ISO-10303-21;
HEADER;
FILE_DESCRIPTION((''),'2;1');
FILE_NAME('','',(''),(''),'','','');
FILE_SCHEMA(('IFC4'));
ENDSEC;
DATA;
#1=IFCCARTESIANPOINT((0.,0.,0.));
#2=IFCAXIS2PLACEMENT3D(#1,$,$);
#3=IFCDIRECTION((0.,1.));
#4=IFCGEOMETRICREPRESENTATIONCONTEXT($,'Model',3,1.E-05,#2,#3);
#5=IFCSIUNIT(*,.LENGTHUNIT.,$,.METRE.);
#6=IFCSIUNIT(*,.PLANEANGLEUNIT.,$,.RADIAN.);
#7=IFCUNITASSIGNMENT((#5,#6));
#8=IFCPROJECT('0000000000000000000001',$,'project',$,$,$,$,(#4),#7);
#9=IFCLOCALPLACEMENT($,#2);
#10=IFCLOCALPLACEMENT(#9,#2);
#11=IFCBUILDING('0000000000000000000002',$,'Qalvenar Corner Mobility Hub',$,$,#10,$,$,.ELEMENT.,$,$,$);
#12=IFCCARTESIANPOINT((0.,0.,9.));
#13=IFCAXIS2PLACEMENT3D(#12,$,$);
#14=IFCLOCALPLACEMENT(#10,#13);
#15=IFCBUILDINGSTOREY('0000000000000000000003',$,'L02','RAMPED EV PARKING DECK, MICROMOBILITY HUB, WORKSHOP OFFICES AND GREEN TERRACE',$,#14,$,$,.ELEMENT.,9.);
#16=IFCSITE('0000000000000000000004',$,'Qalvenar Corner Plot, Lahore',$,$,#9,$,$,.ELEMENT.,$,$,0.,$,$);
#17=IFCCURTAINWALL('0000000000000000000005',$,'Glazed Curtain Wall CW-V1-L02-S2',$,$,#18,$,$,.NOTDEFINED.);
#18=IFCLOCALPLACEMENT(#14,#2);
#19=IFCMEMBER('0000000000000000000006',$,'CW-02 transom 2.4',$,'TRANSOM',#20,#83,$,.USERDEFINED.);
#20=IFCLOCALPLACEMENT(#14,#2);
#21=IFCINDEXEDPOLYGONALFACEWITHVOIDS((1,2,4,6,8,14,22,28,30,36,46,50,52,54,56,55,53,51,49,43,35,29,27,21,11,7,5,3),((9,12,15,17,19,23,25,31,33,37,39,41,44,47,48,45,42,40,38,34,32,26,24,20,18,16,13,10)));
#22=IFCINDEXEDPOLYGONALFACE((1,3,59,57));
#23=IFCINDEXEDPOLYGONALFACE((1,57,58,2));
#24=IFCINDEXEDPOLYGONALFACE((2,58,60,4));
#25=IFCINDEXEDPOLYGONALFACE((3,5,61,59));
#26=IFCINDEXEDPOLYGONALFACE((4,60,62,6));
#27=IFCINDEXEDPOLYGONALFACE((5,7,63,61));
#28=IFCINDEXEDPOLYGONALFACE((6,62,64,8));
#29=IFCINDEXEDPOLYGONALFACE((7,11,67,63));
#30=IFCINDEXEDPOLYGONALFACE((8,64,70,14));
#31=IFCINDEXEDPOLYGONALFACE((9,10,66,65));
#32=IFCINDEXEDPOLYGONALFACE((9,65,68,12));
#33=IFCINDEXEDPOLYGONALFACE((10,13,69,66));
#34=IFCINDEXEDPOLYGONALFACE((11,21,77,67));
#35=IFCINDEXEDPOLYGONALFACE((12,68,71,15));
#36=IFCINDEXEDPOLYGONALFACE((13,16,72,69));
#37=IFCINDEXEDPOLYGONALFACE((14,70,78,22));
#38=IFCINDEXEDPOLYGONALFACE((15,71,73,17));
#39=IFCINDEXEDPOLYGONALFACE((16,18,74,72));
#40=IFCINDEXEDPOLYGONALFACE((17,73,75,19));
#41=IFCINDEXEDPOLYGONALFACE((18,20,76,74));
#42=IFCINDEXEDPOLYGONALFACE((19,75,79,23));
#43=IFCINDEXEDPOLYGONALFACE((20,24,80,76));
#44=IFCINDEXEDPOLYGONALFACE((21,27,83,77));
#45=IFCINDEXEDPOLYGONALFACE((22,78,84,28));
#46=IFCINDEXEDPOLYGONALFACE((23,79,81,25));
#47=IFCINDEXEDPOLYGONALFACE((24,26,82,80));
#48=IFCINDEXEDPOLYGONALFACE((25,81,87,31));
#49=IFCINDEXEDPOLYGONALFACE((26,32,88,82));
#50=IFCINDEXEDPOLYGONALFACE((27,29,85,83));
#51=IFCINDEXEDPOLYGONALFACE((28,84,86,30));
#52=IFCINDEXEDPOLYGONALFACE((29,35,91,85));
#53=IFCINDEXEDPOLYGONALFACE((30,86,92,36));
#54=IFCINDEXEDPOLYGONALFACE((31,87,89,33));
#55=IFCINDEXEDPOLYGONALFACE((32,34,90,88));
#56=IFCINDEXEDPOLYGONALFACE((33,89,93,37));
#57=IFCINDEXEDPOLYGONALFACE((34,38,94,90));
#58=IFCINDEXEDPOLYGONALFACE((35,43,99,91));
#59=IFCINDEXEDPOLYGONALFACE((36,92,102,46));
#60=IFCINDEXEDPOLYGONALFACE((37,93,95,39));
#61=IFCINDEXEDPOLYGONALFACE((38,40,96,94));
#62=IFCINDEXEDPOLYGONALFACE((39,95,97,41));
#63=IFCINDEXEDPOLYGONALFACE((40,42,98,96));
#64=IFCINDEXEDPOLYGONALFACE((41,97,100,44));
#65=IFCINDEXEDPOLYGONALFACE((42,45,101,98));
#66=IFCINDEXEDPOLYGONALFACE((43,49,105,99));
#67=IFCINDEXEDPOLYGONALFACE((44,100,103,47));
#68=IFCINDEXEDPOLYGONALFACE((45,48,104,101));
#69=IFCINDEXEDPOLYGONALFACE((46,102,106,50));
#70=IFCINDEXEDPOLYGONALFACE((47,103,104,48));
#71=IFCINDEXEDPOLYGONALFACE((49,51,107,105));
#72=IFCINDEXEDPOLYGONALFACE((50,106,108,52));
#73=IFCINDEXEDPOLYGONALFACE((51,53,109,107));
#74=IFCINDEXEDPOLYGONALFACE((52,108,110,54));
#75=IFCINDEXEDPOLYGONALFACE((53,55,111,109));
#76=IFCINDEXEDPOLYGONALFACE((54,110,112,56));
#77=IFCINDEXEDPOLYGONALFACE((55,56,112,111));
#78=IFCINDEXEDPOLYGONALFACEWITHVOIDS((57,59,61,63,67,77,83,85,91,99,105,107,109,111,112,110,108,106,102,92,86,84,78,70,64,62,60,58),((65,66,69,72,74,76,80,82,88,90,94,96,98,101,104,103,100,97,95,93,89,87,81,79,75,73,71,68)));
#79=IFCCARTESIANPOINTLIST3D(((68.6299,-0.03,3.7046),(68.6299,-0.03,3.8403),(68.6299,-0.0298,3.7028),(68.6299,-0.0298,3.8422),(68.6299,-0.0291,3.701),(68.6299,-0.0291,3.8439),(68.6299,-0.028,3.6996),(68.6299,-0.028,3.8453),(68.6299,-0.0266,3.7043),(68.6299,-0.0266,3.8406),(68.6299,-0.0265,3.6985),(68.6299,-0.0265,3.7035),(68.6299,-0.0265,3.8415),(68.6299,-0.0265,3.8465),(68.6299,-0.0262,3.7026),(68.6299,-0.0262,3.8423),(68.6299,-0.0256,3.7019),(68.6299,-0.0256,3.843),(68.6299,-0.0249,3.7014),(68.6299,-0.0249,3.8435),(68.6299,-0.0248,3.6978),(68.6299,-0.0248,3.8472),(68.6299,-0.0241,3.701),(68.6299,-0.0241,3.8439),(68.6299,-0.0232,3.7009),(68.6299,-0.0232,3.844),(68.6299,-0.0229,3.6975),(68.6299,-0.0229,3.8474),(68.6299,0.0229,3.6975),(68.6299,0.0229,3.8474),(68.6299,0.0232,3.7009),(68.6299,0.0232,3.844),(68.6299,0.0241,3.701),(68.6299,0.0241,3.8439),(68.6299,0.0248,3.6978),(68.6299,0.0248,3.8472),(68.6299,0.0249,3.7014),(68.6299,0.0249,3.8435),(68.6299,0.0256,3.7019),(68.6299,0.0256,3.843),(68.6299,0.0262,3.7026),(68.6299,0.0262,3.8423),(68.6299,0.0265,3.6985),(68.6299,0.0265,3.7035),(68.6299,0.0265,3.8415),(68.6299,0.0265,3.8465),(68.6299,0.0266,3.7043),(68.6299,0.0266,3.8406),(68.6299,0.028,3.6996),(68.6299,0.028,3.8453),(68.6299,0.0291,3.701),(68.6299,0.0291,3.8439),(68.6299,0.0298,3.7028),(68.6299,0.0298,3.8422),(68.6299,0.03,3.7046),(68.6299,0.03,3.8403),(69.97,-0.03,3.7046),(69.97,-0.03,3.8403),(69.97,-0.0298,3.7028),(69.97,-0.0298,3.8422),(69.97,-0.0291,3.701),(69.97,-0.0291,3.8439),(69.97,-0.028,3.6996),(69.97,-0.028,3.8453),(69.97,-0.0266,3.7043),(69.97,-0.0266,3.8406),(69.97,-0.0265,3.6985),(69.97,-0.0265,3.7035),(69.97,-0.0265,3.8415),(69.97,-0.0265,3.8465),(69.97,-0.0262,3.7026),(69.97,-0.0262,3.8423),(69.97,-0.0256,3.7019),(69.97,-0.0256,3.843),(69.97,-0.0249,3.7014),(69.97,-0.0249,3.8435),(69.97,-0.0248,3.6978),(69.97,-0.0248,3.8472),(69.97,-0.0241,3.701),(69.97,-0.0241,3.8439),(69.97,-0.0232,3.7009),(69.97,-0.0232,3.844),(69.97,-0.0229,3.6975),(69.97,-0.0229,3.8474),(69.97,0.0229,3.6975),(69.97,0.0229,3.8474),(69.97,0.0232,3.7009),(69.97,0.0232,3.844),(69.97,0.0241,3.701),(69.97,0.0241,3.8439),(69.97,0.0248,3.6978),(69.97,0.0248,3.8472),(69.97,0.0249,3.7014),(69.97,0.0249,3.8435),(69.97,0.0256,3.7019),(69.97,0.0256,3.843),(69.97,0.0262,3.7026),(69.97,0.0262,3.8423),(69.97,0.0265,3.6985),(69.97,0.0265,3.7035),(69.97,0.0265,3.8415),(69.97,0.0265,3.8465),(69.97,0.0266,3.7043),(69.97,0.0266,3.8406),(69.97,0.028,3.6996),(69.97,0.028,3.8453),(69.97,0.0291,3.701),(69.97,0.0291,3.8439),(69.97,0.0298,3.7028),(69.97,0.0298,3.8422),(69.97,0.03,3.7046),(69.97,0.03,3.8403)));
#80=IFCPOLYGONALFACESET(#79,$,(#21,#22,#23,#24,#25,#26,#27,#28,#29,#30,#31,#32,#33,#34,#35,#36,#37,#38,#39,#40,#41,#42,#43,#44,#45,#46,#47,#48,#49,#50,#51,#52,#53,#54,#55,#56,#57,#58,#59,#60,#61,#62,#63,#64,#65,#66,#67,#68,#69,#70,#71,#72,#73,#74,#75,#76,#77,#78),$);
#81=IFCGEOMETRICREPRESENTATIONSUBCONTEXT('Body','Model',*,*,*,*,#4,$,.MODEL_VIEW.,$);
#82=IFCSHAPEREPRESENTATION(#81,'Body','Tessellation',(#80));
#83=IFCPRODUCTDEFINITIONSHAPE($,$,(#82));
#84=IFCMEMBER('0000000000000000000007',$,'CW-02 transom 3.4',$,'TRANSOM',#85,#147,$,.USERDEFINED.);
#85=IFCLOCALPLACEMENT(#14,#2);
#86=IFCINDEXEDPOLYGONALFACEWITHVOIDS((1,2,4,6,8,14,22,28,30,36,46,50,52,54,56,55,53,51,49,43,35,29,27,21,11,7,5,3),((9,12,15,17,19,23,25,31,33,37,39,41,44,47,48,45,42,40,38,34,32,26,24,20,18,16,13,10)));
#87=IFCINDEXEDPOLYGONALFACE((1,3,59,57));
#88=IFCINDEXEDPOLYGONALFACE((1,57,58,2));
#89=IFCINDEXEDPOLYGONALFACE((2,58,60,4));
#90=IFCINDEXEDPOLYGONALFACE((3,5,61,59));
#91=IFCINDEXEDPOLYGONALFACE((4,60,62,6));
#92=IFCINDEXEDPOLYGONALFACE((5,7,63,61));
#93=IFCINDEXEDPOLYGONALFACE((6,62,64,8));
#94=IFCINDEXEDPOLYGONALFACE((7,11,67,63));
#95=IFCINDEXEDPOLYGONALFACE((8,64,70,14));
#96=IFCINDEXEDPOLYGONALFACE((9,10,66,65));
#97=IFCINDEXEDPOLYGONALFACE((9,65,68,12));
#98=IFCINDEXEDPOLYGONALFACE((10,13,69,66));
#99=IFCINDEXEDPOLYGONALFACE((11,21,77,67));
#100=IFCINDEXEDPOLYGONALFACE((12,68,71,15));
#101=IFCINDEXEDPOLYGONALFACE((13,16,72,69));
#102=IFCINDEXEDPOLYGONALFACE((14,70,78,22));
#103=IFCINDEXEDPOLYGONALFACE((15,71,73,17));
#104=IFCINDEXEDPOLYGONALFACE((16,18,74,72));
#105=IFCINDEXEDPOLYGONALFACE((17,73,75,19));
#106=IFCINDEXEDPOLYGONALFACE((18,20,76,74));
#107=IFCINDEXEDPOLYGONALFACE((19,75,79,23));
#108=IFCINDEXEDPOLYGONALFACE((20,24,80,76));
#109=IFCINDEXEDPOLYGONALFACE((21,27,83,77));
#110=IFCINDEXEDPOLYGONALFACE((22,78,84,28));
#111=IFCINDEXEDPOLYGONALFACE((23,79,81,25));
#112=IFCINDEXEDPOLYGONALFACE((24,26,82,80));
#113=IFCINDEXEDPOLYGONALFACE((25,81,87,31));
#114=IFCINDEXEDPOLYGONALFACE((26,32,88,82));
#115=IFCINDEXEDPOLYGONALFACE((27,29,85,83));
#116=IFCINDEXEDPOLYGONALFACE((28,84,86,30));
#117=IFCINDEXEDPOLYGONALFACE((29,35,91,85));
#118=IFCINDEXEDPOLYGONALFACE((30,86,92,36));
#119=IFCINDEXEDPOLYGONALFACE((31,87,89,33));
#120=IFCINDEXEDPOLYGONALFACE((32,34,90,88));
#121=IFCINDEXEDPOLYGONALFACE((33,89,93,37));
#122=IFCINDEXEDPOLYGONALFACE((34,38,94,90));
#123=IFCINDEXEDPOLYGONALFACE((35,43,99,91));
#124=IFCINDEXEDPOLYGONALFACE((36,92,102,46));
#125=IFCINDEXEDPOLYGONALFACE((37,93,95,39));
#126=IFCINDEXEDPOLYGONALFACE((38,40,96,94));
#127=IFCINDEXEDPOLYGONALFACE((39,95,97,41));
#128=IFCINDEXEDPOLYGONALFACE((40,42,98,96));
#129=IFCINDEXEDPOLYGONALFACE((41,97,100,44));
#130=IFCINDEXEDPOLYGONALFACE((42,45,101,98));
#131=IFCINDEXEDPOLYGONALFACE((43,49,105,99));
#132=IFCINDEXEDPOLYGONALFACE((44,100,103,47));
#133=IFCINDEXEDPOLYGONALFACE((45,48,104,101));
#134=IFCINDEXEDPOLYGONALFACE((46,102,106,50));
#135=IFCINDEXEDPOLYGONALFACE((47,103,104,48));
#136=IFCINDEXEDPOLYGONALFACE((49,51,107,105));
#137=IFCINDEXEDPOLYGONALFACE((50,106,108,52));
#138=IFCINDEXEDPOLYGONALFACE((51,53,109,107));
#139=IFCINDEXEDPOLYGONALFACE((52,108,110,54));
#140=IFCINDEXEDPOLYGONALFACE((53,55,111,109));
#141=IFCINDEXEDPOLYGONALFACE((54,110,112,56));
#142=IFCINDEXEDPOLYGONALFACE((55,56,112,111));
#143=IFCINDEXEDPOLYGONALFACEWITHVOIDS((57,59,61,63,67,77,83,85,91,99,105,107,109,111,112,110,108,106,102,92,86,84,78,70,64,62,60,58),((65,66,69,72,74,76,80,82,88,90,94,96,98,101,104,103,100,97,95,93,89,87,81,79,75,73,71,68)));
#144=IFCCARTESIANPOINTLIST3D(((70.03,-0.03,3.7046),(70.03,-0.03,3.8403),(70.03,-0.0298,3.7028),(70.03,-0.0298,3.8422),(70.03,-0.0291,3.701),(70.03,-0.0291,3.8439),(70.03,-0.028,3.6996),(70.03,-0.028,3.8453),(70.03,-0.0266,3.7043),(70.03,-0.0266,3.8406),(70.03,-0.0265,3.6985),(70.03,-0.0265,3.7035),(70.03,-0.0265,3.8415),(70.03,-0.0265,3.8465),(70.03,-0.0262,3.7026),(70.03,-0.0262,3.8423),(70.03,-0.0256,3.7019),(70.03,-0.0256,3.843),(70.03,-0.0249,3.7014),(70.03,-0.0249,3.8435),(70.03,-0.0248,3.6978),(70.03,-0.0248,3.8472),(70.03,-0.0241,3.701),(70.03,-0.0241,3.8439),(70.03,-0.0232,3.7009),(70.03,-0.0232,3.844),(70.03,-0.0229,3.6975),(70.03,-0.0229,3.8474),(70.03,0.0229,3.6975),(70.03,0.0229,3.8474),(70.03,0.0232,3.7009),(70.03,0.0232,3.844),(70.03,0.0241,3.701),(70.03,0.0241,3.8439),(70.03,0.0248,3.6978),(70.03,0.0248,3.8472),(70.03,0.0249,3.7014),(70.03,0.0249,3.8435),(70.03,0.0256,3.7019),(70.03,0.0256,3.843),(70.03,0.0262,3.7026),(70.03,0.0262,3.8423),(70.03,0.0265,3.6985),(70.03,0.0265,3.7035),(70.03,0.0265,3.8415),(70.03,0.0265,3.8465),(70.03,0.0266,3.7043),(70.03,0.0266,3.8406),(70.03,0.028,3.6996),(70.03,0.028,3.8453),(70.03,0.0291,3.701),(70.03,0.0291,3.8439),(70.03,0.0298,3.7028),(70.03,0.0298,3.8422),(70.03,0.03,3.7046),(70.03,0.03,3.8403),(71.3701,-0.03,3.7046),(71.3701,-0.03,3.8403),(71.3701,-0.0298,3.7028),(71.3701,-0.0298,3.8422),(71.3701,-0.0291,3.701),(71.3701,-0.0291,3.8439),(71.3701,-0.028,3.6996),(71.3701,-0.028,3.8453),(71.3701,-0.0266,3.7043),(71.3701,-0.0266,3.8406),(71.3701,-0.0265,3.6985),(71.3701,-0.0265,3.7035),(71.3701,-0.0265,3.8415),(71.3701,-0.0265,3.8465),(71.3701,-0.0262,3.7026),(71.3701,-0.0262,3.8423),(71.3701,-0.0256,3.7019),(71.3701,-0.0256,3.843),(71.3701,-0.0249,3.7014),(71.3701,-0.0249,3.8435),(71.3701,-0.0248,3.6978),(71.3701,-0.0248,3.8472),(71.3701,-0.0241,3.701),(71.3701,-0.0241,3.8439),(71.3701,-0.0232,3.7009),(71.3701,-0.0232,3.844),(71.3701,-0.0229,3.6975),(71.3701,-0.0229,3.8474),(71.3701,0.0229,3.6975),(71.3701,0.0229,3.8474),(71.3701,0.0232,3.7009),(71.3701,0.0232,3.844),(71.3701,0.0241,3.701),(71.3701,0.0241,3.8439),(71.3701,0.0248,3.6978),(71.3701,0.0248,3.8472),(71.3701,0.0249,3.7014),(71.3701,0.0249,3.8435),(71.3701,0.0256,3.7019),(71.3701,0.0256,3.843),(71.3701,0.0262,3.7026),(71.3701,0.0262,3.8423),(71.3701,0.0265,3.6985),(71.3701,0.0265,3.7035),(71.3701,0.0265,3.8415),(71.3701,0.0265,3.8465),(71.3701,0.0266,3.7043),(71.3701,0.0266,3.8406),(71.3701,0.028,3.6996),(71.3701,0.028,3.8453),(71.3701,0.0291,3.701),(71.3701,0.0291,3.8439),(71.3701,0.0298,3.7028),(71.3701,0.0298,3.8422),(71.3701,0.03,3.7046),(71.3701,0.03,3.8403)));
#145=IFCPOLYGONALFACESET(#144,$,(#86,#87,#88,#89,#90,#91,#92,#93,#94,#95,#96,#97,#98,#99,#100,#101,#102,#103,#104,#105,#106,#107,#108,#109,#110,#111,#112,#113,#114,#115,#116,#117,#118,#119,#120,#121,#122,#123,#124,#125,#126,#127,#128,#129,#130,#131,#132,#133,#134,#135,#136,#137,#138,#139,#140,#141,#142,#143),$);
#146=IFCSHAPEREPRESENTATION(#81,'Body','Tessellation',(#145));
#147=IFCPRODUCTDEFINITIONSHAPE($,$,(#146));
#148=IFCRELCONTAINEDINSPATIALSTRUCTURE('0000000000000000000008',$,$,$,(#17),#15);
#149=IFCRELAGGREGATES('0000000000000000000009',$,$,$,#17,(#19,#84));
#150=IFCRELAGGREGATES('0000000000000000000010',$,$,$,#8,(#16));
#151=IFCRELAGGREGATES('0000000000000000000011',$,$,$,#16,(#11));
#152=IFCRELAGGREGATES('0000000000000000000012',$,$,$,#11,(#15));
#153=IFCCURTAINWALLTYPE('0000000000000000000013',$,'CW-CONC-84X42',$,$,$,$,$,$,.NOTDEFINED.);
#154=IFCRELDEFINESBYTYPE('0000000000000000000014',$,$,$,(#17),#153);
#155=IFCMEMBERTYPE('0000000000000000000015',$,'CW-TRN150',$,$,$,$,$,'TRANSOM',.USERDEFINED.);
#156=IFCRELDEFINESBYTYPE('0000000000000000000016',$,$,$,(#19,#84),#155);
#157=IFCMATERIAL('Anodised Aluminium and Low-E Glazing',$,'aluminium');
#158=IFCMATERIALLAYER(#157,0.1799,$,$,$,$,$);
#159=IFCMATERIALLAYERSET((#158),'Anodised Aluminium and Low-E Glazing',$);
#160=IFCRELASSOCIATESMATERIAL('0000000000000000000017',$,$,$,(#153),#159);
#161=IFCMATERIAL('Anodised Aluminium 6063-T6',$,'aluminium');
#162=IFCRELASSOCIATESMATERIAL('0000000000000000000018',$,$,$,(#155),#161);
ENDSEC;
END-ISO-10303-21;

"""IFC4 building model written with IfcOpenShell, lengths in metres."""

from ifc_helpers import new_model, si_unit, direction, frame, origin, origin_2d, place, context, subcontext, project, spatial, hollow_rectangle, extrude, material, layer, layer_set, material_profile, profile_set, type_object, element, aggregate, save


model = new_model("IFC4")

# Units and contexts
model_context = context("Model", 3, precision=1e-05, world=origin(), true_north=direction((0.0, 1.0)))
body_context = subcontext(model_context, "Body", "Model", "MODEL_VIEW")
ifc_project = project(units=[si_unit("LENGTHUNIT", "METRE"), si_unit("PLANEANGLEUNIT", "RADIAN")], contexts=[model_context])

# Site, building, storey
site_placement = place(None, origin())
site = spatial("IfcSite", under=ifc_project, at=site_placement, Name="Qalvenar Corner Plot, Lahore", CompositionType="ELEMENT", RefElevation=0.0)
building_placement = place(site_placement, origin())
building = spatial("IfcBuilding", under=site, at=building_placement, Name="Qalvenar Corner Mobility Hub", CompositionType="ELEMENT")
storey_placement = place(building_placement, frame((0.0, 0.0, 9.0)))
storey = spatial("IfcBuildingStorey", under=building, at=storey_placement, Name="L02", Description="RAMPED EV PARKING DECK, MICROMOBILITY HUB, WORKSHOP OFFICES AND GREEN TERRACE", CompositionType="ELEMENT", Elevation=9.0)

# Curtain wall, members
ifc_material_1 = material(Name="Anodised Aluminium and Low-E Glazing", Category="aluminium")
ifc_layer_1 = layer(ifc_material_1, 0.1799)
ifc_layer_set_1 = layer_set([ifc_layer_1], Name="Anodised Aluminium and Low-E Glazing")
curtain_wall_type = type_object("IfcCurtainWallType", Name="CW-CONC-84X42", PredefinedType="NOTDEFINED", material=ifc_layer_set_1)
ifc_material_2 = material(Name="Anodised Aluminium 6063-T6", Category="aluminium")
ifc_material_profile_1 = material_profile(ifc_material_2, hollow_rectangle(XDim=0.0601, YDim=0.1499, WallThickness=0.0034, InnerFilletRadius=0.0034, OuterFilletRadius=0.0071, at=origin_2d()), Name="RHS150x60x3.5")
ifc_profile_set_1 = profile_set([ifc_material_profile_1], Name="Anodised Aluminium 6063-T6")
member_type_1 = type_object("IfcMemberType", Name="CW-TRN150", ElementType="TRANSOM", PredefinedType="USERDEFINED", material=ifc_profile_set_1)
curtain_wall_1_placement = place(storey_placement, origin())
curtain_wall_1 = element("IfcCurtainWall", 1, at=curtain_wall_1_placement, inside=storey, type_object=curtain_wall_type, Name="Glazed Curtain Wall CW-V1-L02-S2", PredefinedType="NOTDEFINED")
member_1_placement = place(storey_placement, frame((68.6299, 0.0, 3.7725), z_axis=(1.0, 0.0, 0.0), x_axis=(0.0, 1.0, 0.0)))
member_1 = element("IfcMember", 2, at=member_1_placement, type_object=member_type_1, Name="CW-02 transom 2.4", ObjectType="TRANSOM", PredefinedType="USERDEFINED", context=body_context, shape_type="SweptSolid", body=[
    extrude(hollow_rectangle(XDim=0.0601, YDim=0.1499, WallThickness=0.0034, InnerFilletRadius=0.0034, OuterFilletRadius=0.0071, at=origin_2d()), origin(), (0.0, 0.0, 1.0), 1.3401),
])
member_2_placement = place(storey_placement, frame((70.03, 0.0, 3.7725), z_axis=(1.0, 0.0, 0.0), x_axis=(0.0, 1.0, 0.0)))
member_2 = element("IfcMember", 3, at=member_2_placement, type_object=member_type_1, Name="CW-02 transom 3.4", ObjectType="TRANSOM", PredefinedType="USERDEFINED", context=body_context, shape_type="SweptSolid", body=[
    extrude(hollow_rectangle(XDim=0.0601, YDim=0.1499, WallThickness=0.0034, InnerFilletRadius=0.0034, OuterFilletRadius=0.0071, at=origin_2d()), origin(), (0.0, 0.0, 1.0), 1.3401),
])
aggregate(curtain_wall_1, [member_1, member_2])

save(model, "model.ifc")
